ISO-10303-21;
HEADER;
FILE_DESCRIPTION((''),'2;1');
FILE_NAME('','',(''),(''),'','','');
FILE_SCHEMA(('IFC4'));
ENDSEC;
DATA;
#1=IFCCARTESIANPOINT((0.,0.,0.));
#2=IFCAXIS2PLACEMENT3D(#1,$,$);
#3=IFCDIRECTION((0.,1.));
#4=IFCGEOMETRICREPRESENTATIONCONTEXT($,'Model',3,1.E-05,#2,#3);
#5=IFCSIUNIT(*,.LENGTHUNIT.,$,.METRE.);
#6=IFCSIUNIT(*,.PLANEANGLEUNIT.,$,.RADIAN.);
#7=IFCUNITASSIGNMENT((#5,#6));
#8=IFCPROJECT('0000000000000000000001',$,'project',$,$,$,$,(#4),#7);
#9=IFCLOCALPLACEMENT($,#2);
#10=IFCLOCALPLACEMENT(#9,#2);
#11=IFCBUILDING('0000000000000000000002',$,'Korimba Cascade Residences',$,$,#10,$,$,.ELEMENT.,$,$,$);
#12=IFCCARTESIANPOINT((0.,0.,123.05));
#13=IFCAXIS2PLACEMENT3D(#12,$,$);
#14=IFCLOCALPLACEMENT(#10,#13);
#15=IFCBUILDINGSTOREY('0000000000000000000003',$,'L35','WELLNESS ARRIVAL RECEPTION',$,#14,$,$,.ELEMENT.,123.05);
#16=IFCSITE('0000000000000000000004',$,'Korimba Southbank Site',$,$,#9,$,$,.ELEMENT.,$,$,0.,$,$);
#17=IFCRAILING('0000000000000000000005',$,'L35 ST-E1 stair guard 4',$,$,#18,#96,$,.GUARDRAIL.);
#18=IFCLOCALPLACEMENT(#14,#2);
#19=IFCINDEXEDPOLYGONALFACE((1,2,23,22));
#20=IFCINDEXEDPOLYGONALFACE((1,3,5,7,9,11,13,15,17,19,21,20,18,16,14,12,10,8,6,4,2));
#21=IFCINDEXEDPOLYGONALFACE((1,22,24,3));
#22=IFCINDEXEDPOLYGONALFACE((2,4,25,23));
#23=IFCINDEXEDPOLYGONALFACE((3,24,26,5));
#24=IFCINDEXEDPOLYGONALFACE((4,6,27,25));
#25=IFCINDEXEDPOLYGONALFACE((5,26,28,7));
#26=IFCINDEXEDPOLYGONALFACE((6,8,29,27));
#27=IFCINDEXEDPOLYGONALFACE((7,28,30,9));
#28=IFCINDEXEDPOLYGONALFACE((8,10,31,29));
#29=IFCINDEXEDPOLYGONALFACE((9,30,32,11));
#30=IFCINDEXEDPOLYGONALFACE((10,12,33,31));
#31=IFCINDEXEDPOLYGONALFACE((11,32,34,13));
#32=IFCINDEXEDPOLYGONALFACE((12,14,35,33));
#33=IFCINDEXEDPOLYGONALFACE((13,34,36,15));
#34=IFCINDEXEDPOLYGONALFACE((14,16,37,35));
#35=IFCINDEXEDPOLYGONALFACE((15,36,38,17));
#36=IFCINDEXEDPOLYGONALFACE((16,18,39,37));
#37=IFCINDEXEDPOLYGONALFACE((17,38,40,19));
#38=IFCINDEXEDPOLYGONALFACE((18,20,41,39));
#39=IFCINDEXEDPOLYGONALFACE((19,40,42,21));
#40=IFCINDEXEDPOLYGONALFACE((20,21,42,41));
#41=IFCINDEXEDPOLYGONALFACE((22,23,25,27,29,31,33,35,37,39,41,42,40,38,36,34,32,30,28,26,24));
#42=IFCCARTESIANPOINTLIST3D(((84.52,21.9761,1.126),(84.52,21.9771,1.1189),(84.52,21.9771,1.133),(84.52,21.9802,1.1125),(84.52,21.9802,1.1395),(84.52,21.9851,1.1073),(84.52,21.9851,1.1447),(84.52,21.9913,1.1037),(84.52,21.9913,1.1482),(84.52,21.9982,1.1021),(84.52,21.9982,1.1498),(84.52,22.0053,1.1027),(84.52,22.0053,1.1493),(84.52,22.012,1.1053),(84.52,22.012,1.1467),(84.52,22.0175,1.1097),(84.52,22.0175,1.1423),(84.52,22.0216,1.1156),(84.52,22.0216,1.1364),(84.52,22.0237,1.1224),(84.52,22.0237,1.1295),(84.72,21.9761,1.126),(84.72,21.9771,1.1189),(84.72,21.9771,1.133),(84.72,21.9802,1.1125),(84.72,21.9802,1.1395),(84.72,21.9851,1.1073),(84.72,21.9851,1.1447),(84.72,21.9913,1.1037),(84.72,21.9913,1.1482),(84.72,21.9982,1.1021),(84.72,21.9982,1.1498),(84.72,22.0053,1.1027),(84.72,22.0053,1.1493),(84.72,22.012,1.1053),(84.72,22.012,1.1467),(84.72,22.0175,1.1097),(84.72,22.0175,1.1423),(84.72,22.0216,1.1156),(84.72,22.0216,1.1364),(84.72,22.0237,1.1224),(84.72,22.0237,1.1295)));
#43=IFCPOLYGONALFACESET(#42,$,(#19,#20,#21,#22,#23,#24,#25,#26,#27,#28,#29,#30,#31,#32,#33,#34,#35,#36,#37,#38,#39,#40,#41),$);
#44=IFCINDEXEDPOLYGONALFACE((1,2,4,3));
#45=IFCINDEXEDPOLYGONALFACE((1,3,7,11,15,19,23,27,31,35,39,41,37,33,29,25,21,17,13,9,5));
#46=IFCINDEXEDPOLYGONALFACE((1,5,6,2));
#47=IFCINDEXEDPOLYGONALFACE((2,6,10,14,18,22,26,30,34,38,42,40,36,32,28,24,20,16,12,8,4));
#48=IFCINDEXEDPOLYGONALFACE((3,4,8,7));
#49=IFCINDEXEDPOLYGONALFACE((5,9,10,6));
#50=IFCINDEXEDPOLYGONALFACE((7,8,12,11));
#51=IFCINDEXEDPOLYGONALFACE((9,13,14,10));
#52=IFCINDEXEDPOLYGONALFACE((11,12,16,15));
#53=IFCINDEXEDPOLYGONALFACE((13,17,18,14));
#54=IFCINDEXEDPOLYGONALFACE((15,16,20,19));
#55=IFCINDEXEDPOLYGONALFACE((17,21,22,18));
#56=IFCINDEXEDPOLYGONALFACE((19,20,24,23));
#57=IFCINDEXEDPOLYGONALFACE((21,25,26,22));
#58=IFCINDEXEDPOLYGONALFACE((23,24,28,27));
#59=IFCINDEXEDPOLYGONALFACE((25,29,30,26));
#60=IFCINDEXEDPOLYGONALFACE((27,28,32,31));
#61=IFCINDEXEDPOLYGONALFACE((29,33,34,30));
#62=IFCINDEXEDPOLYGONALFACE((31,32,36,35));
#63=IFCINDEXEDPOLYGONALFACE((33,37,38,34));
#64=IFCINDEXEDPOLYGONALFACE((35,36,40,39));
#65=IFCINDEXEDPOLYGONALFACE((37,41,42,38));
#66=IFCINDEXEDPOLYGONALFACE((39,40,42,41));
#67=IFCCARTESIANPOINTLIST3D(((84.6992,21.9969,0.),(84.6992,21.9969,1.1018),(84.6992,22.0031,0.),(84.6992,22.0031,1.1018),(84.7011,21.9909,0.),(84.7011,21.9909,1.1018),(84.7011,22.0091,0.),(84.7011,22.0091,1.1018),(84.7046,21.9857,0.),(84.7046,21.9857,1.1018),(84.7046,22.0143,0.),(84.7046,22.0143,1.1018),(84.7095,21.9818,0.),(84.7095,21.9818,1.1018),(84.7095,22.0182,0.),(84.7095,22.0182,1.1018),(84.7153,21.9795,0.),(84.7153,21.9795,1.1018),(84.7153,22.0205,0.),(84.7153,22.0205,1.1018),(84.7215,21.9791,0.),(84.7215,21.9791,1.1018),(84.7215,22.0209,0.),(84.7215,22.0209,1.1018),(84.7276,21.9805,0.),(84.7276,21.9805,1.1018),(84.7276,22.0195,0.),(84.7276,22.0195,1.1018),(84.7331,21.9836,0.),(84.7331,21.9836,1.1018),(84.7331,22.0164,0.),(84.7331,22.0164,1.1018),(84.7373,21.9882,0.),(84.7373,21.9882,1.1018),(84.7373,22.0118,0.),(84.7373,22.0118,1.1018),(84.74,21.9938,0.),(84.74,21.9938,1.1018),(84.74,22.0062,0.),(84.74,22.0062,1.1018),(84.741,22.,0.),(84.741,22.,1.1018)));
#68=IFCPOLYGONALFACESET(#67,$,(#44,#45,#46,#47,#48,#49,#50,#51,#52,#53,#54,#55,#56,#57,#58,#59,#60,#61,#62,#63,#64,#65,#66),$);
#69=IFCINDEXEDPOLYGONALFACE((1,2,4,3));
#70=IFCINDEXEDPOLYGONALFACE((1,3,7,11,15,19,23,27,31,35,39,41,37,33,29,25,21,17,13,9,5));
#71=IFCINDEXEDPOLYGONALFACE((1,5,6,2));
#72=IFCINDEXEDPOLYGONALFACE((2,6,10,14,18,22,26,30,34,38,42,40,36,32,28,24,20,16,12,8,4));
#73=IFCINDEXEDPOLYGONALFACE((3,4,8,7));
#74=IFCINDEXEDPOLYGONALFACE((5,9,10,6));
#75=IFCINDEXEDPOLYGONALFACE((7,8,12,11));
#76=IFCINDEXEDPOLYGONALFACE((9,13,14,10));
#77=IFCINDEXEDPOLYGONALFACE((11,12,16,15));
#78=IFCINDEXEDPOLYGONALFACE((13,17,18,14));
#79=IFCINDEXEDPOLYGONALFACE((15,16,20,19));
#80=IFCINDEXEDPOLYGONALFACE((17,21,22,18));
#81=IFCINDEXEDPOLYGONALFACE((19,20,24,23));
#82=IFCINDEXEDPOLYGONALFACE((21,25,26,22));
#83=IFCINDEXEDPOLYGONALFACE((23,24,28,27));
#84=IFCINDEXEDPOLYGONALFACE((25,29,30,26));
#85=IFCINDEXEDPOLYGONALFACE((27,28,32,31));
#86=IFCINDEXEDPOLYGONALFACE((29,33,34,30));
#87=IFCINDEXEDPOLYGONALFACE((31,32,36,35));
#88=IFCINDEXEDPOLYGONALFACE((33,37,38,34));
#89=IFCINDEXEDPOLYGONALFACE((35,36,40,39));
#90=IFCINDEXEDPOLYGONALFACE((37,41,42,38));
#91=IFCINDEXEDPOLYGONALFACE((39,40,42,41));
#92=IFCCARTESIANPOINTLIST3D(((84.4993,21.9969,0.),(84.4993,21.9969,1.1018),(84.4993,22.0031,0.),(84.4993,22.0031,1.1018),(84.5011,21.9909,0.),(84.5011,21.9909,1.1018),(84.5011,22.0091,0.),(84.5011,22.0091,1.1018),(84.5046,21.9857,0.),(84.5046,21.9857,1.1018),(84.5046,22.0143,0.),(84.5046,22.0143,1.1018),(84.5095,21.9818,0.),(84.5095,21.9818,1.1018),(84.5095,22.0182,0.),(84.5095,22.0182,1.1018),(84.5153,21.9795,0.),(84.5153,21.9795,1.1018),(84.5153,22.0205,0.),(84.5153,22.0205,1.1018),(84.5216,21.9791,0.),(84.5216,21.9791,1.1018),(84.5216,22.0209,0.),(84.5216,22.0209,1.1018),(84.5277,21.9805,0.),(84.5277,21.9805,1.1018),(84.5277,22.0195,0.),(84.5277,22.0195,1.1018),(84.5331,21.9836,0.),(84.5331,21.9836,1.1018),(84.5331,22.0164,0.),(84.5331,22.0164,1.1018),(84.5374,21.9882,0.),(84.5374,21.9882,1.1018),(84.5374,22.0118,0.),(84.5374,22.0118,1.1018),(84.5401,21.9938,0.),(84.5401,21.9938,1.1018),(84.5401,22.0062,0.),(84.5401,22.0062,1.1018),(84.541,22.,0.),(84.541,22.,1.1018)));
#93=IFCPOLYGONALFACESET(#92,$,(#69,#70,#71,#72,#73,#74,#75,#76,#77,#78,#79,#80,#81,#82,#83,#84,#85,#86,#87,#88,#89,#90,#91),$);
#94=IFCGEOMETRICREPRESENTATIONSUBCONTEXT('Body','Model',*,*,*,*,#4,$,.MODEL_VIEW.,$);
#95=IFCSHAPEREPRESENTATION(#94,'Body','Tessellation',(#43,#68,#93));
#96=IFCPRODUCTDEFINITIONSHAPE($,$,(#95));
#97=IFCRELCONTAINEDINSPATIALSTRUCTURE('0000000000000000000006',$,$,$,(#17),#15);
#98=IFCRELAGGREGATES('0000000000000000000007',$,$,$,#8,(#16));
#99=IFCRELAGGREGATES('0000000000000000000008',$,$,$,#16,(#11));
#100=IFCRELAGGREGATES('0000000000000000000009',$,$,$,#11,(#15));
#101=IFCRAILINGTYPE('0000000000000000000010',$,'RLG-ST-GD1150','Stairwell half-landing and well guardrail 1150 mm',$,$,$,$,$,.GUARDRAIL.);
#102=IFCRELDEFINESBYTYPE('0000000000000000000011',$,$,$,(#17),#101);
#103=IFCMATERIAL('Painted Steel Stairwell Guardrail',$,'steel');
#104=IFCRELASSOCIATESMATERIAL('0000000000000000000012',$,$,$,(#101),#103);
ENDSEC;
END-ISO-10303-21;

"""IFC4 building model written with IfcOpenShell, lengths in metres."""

from ifc_helpers import new_model, si_unit, direction, frame, origin, origin_2d, place, context, subcontext, project, spatial, circle, extrude, material, type_object, element, save


model = new_model("IFC4")

# Units and contexts
model_context = context("Model", 3, precision=1e-05, world=origin(), true_north=direction((0.0, 1.0)))
body_context = subcontext(model_context, "Body", "Model", "MODEL_VIEW")
ifc_project = project(units=[si_unit("LENGTHUNIT", "METRE"), si_unit("PLANEANGLEUNIT", "RADIAN")], contexts=[model_context])

# Site, building, storey
site_placement = place(None, origin())
site = spatial("IfcSite", under=ifc_project, at=site_placement, Name="Korimba Southbank Site", CompositionType="ELEMENT", RefElevation=0.0)
building_placement = place(site_placement, origin())
building = spatial("IfcBuilding", under=site, at=building_placement, Name="Korimba Cascade Residences", CompositionType="ELEMENT")
storey_placement = place(building_placement, frame((0.0, 0.0, 123.05)))
storey = spatial("IfcBuildingStorey", under=building, at=storey_placement, Name="L35", Description="WELLNESS ARRIVAL RECEPTION", CompositionType="ELEMENT", Elevation=123.05)

# Railing
ifc_material_1 = material(Name="Painted Steel Stairwell Guardrail", Category="steel")
railing_type_1 = type_object("IfcRailingType", Name="RLG-ST-GD1150", Description="Stairwell half-landing and well guardrail 1150 mm", PredefinedType="GUARDRAIL", material=ifc_material_1)
railing_1_placement = place(storey_placement, frame((84.72, 22.0, 0.0)))
element("IfcRailing", 1, at=railing_1_placement, inside=storey, type_object=railing_type_1, Name="L35 ST-E1 stair guard 4", PredefinedType="GUARDRAIL", context=body_context, shape_type="SweptSolid", body=[
    extrude(circle(Radius=0.0239, at=origin_2d()), frame((0.0, 0.0, 1.126), z_axis=(-1.0, 0.0, 0.0), x_axis=(0.0, -1.0, 0.0)), (0.0, 0.0, 1.0), 0.2),
    extrude(circle(Radius=0.021, at=origin_2d()), origin(), (0.0, 0.0, 1.0), 1.1018),
    extrude(circle(Radius=0.021, at=origin_2d()), frame((-0.2, 0.0, 0.0)), (0.0, 0.0, 1.0), 1.1018),
])

save(model, "model.ifc")
